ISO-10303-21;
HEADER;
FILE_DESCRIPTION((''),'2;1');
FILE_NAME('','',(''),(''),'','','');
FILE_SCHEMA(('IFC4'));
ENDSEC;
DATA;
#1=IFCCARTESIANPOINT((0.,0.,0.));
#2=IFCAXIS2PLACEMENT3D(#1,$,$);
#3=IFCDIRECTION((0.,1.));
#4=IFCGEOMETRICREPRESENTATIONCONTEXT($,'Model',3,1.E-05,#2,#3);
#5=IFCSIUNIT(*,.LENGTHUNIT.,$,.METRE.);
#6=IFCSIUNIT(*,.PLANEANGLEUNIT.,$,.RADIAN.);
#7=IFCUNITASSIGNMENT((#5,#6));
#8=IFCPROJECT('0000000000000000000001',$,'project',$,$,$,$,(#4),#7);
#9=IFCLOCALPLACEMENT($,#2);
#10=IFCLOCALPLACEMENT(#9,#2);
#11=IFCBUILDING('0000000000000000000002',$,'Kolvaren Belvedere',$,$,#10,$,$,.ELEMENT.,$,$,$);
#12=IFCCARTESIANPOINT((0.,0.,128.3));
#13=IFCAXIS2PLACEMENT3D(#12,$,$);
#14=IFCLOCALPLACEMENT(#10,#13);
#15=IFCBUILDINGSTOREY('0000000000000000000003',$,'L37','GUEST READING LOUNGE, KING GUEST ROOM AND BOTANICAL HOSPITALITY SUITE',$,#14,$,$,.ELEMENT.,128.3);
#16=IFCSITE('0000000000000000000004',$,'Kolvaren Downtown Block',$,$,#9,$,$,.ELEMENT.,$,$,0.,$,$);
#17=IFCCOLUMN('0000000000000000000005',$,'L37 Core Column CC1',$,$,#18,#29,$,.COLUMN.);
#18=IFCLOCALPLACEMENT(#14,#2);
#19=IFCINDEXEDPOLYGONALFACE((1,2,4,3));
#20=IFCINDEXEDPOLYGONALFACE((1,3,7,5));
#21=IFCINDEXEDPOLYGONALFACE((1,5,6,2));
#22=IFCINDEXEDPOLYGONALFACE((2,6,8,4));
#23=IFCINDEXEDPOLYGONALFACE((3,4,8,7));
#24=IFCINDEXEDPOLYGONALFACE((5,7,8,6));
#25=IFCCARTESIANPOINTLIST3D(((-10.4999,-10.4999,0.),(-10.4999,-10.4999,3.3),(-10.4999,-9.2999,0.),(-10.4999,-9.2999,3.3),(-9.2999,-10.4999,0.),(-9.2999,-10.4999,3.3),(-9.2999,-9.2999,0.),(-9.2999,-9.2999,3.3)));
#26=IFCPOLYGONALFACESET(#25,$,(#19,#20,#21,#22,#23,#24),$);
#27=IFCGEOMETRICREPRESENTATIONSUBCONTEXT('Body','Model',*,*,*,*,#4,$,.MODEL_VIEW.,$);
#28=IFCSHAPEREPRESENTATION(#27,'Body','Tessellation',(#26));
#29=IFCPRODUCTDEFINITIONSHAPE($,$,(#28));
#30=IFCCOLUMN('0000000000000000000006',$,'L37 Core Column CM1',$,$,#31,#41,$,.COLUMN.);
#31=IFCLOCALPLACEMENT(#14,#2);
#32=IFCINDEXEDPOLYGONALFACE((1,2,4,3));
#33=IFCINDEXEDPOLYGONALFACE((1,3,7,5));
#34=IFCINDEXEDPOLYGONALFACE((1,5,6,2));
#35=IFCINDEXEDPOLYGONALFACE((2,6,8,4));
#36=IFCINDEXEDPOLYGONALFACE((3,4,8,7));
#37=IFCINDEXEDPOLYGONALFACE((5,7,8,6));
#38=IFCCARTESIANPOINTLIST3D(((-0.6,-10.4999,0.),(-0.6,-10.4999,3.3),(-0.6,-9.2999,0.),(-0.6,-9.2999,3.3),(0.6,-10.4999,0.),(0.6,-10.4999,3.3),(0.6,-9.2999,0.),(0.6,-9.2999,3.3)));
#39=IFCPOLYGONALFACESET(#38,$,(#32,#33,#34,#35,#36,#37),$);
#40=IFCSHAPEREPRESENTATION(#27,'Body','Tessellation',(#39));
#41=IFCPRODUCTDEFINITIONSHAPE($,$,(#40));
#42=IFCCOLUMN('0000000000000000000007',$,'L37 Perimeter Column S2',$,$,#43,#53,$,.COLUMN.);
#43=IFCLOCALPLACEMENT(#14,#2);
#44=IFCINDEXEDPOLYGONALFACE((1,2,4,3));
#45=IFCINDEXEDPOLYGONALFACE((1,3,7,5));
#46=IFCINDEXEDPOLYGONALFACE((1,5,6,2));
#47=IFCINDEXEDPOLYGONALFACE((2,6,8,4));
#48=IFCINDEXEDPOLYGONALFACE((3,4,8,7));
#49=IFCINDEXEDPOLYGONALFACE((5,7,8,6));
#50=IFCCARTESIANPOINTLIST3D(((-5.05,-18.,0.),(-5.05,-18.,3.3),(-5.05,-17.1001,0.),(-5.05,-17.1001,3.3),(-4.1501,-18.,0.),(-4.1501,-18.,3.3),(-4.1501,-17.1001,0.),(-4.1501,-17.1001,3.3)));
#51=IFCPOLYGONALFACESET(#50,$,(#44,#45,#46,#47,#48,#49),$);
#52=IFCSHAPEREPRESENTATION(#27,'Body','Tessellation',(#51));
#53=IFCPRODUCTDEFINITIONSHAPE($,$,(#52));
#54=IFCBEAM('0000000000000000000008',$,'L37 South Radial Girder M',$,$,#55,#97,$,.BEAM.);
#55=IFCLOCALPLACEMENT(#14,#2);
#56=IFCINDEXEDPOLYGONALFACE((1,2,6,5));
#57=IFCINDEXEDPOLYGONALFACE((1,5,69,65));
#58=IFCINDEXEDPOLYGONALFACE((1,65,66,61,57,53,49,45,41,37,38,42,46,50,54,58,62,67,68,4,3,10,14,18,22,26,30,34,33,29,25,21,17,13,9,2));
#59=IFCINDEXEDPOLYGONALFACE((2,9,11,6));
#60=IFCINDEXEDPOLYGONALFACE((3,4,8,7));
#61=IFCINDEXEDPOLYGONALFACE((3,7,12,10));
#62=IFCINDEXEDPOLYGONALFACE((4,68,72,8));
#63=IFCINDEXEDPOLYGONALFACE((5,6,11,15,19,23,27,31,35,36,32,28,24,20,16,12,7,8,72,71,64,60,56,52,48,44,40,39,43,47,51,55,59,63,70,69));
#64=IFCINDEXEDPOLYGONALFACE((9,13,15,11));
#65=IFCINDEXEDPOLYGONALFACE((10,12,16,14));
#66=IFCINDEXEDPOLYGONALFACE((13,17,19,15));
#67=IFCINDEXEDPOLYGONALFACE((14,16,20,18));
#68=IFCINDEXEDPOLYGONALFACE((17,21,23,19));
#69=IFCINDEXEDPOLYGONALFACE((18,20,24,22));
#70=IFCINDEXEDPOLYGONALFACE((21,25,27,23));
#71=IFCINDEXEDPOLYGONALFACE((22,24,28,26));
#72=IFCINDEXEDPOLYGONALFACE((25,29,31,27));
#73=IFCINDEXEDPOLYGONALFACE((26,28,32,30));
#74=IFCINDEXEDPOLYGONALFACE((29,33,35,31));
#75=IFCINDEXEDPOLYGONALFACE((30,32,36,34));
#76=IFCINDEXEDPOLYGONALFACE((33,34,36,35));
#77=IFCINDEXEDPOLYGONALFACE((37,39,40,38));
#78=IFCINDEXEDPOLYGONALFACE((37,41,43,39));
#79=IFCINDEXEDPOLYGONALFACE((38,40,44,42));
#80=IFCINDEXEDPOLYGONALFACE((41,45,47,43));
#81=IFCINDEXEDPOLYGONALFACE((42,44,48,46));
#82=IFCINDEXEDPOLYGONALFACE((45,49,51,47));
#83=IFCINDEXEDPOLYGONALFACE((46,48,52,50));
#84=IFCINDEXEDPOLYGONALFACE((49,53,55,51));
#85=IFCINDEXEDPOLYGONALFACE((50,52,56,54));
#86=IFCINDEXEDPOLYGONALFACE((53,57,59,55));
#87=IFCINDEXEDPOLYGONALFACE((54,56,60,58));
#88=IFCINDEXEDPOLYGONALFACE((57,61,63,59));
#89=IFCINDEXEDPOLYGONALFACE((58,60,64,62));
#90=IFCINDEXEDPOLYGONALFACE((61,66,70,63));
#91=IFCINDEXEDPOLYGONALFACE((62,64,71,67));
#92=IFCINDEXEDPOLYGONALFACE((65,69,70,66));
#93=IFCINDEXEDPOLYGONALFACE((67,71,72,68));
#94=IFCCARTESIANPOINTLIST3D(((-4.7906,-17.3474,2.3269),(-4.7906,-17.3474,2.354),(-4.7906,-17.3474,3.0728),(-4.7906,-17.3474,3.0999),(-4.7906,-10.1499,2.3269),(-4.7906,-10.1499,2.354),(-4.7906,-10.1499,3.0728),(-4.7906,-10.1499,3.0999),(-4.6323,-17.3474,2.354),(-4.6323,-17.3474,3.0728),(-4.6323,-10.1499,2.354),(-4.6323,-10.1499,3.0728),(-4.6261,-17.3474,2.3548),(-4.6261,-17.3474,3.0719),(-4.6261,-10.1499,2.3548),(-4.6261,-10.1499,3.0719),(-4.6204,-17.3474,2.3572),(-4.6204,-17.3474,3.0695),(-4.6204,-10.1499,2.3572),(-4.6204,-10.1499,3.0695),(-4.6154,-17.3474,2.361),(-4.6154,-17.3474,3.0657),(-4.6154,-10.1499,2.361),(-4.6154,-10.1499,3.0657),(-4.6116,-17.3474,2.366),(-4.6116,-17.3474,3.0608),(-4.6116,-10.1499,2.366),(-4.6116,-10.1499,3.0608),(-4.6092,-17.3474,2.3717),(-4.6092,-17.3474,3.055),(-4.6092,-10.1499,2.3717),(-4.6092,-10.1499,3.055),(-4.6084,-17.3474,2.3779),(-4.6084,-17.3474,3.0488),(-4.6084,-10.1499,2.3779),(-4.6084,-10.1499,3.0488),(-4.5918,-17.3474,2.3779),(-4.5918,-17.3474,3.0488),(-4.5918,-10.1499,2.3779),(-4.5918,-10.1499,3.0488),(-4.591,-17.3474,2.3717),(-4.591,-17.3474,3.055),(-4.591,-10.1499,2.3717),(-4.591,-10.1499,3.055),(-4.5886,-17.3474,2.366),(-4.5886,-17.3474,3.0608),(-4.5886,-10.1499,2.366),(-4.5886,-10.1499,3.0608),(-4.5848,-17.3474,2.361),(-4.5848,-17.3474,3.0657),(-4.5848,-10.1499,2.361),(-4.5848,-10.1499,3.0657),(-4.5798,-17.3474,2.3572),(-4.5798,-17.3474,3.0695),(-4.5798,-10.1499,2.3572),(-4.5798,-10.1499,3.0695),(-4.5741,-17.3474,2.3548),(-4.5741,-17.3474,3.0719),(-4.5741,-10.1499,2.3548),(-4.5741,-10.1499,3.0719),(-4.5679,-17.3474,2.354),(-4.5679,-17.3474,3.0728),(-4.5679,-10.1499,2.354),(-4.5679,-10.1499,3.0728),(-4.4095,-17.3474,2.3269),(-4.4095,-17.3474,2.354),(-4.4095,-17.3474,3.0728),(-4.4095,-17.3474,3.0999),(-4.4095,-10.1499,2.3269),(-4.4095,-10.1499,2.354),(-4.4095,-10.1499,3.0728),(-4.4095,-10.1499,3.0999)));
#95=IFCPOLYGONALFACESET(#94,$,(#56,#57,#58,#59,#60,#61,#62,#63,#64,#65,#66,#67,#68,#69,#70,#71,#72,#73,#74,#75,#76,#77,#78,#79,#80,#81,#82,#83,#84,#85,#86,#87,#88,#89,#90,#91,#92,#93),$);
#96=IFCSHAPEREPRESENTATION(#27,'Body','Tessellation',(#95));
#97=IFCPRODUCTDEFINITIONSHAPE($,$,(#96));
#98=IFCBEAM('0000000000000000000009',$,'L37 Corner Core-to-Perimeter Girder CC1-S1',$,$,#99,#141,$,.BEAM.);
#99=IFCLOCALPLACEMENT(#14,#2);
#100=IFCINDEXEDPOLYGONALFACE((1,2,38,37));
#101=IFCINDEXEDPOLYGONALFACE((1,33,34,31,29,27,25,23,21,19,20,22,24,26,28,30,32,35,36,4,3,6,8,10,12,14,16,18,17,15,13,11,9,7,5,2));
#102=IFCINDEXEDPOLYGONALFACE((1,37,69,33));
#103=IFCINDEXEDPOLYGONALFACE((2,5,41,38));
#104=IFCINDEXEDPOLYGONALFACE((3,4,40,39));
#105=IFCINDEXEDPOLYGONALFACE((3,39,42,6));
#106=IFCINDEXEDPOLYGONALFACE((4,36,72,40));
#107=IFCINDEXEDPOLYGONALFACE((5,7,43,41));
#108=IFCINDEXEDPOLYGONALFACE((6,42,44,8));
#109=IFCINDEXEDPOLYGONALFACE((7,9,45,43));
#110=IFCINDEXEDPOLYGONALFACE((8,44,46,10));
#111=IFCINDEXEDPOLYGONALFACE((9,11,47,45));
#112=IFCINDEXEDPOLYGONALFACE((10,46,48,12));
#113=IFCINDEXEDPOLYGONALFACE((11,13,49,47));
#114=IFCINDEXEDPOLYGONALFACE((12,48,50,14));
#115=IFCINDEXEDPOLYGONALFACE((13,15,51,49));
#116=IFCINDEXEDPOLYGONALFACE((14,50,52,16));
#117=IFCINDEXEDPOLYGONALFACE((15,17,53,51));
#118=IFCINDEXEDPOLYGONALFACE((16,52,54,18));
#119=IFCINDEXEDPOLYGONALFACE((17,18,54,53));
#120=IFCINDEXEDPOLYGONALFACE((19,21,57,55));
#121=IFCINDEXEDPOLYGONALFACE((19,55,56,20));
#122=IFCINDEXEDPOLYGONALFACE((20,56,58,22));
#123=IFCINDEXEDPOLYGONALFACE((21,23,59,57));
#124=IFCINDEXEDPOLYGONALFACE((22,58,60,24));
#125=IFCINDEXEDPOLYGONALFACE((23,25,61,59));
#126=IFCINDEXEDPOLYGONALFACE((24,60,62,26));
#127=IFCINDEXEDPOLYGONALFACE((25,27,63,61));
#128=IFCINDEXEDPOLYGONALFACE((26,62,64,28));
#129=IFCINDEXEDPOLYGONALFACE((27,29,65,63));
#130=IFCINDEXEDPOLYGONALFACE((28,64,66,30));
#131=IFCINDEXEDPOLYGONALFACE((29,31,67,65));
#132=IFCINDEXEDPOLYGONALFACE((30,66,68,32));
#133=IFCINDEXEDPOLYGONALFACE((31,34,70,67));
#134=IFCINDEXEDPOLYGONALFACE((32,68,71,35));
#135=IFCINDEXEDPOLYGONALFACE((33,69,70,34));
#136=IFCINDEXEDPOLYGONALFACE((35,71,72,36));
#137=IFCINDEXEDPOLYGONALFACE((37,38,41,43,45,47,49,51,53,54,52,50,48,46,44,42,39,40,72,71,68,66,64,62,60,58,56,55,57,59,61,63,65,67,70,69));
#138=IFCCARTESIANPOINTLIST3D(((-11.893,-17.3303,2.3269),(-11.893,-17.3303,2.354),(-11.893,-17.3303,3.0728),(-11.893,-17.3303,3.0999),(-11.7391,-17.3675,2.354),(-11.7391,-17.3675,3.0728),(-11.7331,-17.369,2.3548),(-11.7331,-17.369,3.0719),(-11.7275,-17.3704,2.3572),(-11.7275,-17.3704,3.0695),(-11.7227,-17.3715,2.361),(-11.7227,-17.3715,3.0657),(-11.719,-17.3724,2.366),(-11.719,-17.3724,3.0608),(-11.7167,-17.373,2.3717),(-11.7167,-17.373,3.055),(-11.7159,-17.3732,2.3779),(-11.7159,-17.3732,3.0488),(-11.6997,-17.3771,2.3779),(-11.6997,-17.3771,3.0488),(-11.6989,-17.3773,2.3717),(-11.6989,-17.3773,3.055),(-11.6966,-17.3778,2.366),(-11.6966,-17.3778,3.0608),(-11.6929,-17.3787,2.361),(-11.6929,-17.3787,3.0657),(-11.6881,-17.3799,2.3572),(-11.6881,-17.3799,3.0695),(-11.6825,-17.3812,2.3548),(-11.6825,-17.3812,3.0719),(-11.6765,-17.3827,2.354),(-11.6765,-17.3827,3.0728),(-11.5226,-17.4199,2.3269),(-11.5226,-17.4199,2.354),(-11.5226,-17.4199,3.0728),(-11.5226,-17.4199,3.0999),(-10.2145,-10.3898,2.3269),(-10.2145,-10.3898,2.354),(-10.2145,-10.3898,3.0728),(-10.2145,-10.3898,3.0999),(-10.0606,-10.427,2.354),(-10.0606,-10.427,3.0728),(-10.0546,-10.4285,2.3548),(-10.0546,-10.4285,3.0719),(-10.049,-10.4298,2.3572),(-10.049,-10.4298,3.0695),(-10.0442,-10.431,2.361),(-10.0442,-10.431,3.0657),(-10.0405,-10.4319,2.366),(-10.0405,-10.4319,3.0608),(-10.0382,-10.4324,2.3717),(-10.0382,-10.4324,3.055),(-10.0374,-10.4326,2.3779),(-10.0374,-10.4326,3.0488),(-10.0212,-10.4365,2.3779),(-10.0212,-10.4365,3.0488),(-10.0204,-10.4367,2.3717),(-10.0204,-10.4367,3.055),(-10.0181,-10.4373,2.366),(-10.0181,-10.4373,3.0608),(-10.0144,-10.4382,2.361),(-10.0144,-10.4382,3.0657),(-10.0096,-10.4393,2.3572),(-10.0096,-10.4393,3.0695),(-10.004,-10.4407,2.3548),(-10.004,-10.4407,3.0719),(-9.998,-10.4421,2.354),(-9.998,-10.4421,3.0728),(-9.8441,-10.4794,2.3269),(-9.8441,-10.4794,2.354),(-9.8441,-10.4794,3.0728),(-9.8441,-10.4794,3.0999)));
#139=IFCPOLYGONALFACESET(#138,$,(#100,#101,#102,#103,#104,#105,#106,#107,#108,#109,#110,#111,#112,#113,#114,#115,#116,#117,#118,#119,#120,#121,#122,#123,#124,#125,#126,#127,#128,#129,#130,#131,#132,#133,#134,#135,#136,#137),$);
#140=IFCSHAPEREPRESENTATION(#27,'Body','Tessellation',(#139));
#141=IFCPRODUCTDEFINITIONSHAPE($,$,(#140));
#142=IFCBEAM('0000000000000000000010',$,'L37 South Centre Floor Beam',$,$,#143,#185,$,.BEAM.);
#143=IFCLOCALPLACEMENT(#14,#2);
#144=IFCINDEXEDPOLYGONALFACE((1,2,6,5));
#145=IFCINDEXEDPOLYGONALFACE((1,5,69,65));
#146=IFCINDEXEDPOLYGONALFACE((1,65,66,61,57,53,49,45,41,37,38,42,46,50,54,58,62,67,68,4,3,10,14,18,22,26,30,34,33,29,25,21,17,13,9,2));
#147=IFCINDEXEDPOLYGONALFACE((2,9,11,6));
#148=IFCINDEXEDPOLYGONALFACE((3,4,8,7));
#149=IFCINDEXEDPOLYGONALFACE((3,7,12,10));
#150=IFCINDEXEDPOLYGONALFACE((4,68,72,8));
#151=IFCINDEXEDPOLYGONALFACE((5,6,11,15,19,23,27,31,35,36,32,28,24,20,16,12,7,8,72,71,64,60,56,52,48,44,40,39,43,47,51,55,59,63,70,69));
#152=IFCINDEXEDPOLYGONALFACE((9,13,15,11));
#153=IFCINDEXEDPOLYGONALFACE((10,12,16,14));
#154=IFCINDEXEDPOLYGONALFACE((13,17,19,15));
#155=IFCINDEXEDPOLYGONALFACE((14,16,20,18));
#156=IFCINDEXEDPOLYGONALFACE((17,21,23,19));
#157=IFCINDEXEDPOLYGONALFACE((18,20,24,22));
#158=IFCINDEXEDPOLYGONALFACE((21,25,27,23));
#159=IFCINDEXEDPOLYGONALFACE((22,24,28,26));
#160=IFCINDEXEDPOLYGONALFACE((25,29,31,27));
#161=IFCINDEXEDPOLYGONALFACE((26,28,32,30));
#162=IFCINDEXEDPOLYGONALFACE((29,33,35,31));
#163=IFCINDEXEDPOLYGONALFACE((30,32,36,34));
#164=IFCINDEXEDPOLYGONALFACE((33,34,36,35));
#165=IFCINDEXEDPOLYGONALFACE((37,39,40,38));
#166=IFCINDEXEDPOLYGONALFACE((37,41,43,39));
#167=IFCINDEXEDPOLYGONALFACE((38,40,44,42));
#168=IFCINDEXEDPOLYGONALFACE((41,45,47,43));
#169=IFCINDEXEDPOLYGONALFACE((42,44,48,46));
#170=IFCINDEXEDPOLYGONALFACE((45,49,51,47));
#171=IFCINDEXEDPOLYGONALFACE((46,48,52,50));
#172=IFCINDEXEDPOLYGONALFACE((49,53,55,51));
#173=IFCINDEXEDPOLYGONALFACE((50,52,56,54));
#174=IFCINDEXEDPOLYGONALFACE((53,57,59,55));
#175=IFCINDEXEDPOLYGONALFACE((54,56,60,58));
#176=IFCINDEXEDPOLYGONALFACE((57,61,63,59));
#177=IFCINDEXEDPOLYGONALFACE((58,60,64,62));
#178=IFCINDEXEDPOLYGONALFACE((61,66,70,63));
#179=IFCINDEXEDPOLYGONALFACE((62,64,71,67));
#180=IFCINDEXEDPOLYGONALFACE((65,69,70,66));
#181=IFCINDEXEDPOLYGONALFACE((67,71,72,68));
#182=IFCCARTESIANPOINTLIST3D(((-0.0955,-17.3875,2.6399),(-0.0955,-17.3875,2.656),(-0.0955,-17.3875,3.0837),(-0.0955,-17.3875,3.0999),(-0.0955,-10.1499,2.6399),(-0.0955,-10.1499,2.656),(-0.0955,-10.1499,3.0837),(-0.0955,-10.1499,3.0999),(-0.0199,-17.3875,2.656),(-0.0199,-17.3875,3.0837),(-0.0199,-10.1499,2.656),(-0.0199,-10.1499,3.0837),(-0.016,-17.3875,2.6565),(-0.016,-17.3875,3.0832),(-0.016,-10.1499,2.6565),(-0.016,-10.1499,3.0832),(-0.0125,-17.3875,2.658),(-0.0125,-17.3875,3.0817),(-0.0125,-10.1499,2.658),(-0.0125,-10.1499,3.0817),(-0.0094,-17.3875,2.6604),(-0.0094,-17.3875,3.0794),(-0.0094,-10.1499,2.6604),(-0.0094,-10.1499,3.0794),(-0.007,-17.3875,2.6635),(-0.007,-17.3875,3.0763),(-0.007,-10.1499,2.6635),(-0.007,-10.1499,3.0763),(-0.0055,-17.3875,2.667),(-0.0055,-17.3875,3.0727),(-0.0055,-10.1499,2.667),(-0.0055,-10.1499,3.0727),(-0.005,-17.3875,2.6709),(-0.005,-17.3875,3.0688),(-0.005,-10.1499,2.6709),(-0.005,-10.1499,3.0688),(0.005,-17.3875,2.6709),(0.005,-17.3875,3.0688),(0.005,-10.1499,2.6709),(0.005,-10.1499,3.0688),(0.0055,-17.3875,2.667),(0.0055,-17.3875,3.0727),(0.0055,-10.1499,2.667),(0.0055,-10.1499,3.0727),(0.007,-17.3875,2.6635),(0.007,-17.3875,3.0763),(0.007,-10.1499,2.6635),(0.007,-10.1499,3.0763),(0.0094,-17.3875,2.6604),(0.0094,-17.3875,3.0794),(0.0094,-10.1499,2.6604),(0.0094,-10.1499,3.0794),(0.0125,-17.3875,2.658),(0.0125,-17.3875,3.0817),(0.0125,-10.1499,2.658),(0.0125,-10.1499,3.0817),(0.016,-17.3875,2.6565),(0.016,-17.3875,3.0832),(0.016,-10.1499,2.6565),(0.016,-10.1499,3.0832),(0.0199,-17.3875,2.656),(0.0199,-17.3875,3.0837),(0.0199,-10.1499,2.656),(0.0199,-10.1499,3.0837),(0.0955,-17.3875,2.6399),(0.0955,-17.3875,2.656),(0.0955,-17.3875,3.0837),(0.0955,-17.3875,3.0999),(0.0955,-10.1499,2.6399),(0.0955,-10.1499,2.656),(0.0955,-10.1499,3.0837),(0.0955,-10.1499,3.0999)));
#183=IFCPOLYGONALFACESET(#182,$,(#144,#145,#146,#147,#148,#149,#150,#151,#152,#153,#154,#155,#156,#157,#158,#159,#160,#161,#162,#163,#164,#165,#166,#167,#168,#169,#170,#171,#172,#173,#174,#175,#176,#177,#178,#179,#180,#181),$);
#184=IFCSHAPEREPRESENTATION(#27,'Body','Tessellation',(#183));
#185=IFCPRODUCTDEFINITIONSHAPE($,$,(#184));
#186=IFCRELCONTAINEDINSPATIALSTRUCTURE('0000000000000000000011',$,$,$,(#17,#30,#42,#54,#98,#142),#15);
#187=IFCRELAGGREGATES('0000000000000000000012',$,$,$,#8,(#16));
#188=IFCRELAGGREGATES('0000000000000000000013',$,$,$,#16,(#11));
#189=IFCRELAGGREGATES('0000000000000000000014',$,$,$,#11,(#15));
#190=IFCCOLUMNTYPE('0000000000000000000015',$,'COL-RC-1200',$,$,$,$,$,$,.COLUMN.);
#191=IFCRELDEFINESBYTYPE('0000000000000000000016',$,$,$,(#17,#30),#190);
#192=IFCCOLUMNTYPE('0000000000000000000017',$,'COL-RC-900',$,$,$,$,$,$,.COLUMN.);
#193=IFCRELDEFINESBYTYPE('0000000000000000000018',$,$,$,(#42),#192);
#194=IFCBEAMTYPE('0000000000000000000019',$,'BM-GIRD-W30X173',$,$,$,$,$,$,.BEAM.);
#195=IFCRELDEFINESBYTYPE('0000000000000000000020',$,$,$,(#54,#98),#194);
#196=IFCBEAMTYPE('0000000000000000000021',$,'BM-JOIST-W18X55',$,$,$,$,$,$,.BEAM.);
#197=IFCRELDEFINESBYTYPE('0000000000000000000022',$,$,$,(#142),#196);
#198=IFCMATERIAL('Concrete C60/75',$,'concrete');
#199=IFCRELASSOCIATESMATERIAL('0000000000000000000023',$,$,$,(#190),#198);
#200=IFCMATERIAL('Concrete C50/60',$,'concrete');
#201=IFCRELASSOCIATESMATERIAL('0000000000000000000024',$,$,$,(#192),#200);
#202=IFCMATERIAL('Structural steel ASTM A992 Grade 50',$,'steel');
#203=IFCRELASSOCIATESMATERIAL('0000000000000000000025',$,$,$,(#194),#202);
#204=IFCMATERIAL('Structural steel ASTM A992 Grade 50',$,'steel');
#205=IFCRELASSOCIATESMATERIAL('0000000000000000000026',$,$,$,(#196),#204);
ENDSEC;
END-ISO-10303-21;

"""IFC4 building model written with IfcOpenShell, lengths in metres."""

from ifc_helpers import new_model, si_unit, direction, frame, origin, origin_2d, place, context, subcontext, project, spatial, rectangle, i_section, extrude, material, material_profile, profile_set, type_object, element, save


model = new_model("IFC4")

# Units and contexts
model_context = context("Model", 3, precision=1e-05, world=origin(), true_north=direction((0.0, 1.0)))
body_context = subcontext(model_context, "Body", "Model", "MODEL_VIEW")
ifc_project = project(units=[si_unit("LENGTHUNIT", "METRE"), si_unit("PLANEANGLEUNIT", "RADIAN")], contexts=[model_context])

# Site, building, storey
site_placement = place(None, origin())
site = spatial("IfcSite", under=ifc_project, at=site_placement, Name="Kolvaren Downtown Block", CompositionType="ELEMENT", RefElevation=0.0)
building_placement = place(site_placement, origin())
building = spatial("IfcBuilding", under=site, at=building_placement, Name="Kolvaren Belvedere", CompositionType="ELEMENT")
storey_placement = place(building_placement, frame((0.0, 0.0, 128.3)))
storey = spatial("IfcBuildingStorey", under=building, at=storey_placement, Name="L37", Description="GUEST READING LOUNGE, KING GUEST ROOM AND BOTANICAL HOSPITALITY SUITE", CompositionType="ELEMENT", Elevation=128.3)

# Columns
ifc_material_1 = material(Name="Concrete C60/75", Category="concrete")
ifc_material_profile_1 = material_profile(ifc_material_1, rectangle(XDim=1.2, YDim=1.2, at=origin_2d()), Name="RC 1200X1200")
ifc_profile_set_1 = profile_set([ifc_material_profile_1], Name="Concrete C60/75")
column_type_1 = type_object("IfcColumnType", Name="COL-RC-1200", PredefinedType="COLUMN", material=ifc_profile_set_1)
for number, where, z_axis, x_axis, name in (
    (1, (-9.8999, -9.8999, 0.0), (0.0, 0.0, 1.0), (1.0, 0.0, 0.0), "L37 Core Column CC1"),
    (2, (0.0, -9.8999, 0.0), (0.0, 0.0, 1.0), (1.0, 0.0, 0.0), "L37 Core Column CM1"),
):
    element("IfcColumn", number, at=place(storey_placement, frame(where, z_axis=z_axis, x_axis=x_axis)), inside=storey, type_object=column_type_1, Name=name, PredefinedType="COLUMN", context=body_context, shape_type="SweptSolid", body=[
        extrude(rectangle(XDim=1.2, YDim=1.2, at=origin_2d()), origin(), (0.0, 0.0, 1.0), 3.3),
    ])
ifc_material_2 = material(Name="Concrete C50/60", Category="concrete")
ifc_material_profile_2 = material_profile(ifc_material_2, rectangle(XDim=0.8999, YDim=0.8999, at=origin_2d()), Name="RC 900X900")
ifc_profile_set_2 = profile_set([ifc_material_profile_2], Name="Concrete C50/60")
column_type_2 = type_object("IfcColumnType", Name="COL-RC-900", PredefinedType="COLUMN", material=ifc_profile_set_2)
column_placement = place(storey_placement, frame((-4.6001, -17.55, 0.0), z_axis=(0.0, 0.0, 1.0), x_axis=(1.0, 0.0, 0.0)))
element("IfcColumn", 3, at=column_placement, inside=storey, type_object=column_type_2, Name="L37 Perimeter Column S2", PredefinedType="COLUMN", context=body_context, shape_type="SweptSolid", body=[
    extrude(rectangle(XDim=0.8999, YDim=0.8999, at=origin_2d()), origin(), (0.0, 0.0, 1.0), 3.3),
])

# Beams
ifc_material_3 = material(Name="Structural steel ASTM A992 Grade 50", Category="steel")
ifc_material_profile_3 = material_profile(ifc_material_3, i_section(OverallWidth=0.3811, OverallDepth=0.7729, WebThickness=0.0166, FlangeThickness=0.0271, FilletRadius=0.0239, at=origin_2d()), Name="W30X173")
ifc_profile_set_3 = profile_set([ifc_material_profile_3], Name="Structural steel ASTM A992 Grade 50")
beam_type_1 = type_object("IfcBeamType", Name="BM-GIRD-W30X173", PredefinedType="BEAM", material=ifc_profile_set_3)
beam_1_placement = place(storey_placement, frame((-4.6001, -10.1499, 2.7134), z_axis=(0.0, -1.0, 0.0), x_axis=(1.0, 0.0, 0.0)))
element("IfcBeam", 4, at=beam_1_placement, inside=storey, type_object=beam_type_1, Name="L37 South Radial Girder M", PredefinedType="BEAM", context=body_context, shape_type="SweptSolid", body=[
    extrude(i_section(OverallWidth=0.3811, OverallDepth=0.7729, WebThickness=0.0166, FlangeThickness=0.0271, FilletRadius=0.0239, at=origin_2d()), origin(), (0.0, 0.0, 1.0), 7.1975),
])
beam_2_placement = place(storey_placement, frame((-10.0293, -10.4346, 2.7134), z_axis=(-0.235063, -0.97198, 0.0), x_axis=(0.97198, -0.235063, 0.0)))
element("IfcBeam", 5, at=beam_2_placement, inside=storey, type_object=beam_type_1, Name="L37 Corner Core-to-Perimeter Girder CC1-S1", PredefinedType="BEAM", context=body_context, shape_type="SweptSolid", body=[
    extrude(i_section(OverallWidth=0.3811, OverallDepth=0.7729, WebThickness=0.0166, FlangeThickness=0.0271, FilletRadius=0.0239, at=origin_2d()), origin(), (0.0, 0.0, 1.0), 7.1406),
])
ifc_material_4 = material(Name="Structural steel ASTM A992 Grade 50", Category="steel")
ifc_material_profile_4 = material_profile(ifc_material_4, i_section(OverallWidth=0.1909, OverallDepth=0.46, WebThickness=0.01, FlangeThickness=0.0161, FilletRadius=0.0149, at=origin_2d()), Name="W18X55")
ifc_profile_set_4 = profile_set([ifc_material_profile_4], Name="Structural steel ASTM A992 Grade 50")
beam_type_2 = type_object("IfcBeamType", Name="BM-JOIST-W18X55", PredefinedType="BEAM", material=ifc_profile_set_4)
beam_3_placement = place(storey_placement, frame((0.0, -10.1499, 2.8699), z_axis=(0.0, -1.0, 0.0), x_axis=(1.0, 0.0, 0.0)))
element("IfcBeam", 6, at=beam_3_placement, inside=storey, type_object=beam_type_2, Name="L37 South Centre Floor Beam", PredefinedType="BEAM", context=body_context, shape_type="SweptSolid", body=[
    extrude(i_section(OverallWidth=0.1909, OverallDepth=0.46, WebThickness=0.01, FlangeThickness=0.0161, FilletRadius=0.0149, at=origin_2d()), origin(), (0.0, 0.0, 1.0), 7.2375),
])

save(model, "model.ifc")
